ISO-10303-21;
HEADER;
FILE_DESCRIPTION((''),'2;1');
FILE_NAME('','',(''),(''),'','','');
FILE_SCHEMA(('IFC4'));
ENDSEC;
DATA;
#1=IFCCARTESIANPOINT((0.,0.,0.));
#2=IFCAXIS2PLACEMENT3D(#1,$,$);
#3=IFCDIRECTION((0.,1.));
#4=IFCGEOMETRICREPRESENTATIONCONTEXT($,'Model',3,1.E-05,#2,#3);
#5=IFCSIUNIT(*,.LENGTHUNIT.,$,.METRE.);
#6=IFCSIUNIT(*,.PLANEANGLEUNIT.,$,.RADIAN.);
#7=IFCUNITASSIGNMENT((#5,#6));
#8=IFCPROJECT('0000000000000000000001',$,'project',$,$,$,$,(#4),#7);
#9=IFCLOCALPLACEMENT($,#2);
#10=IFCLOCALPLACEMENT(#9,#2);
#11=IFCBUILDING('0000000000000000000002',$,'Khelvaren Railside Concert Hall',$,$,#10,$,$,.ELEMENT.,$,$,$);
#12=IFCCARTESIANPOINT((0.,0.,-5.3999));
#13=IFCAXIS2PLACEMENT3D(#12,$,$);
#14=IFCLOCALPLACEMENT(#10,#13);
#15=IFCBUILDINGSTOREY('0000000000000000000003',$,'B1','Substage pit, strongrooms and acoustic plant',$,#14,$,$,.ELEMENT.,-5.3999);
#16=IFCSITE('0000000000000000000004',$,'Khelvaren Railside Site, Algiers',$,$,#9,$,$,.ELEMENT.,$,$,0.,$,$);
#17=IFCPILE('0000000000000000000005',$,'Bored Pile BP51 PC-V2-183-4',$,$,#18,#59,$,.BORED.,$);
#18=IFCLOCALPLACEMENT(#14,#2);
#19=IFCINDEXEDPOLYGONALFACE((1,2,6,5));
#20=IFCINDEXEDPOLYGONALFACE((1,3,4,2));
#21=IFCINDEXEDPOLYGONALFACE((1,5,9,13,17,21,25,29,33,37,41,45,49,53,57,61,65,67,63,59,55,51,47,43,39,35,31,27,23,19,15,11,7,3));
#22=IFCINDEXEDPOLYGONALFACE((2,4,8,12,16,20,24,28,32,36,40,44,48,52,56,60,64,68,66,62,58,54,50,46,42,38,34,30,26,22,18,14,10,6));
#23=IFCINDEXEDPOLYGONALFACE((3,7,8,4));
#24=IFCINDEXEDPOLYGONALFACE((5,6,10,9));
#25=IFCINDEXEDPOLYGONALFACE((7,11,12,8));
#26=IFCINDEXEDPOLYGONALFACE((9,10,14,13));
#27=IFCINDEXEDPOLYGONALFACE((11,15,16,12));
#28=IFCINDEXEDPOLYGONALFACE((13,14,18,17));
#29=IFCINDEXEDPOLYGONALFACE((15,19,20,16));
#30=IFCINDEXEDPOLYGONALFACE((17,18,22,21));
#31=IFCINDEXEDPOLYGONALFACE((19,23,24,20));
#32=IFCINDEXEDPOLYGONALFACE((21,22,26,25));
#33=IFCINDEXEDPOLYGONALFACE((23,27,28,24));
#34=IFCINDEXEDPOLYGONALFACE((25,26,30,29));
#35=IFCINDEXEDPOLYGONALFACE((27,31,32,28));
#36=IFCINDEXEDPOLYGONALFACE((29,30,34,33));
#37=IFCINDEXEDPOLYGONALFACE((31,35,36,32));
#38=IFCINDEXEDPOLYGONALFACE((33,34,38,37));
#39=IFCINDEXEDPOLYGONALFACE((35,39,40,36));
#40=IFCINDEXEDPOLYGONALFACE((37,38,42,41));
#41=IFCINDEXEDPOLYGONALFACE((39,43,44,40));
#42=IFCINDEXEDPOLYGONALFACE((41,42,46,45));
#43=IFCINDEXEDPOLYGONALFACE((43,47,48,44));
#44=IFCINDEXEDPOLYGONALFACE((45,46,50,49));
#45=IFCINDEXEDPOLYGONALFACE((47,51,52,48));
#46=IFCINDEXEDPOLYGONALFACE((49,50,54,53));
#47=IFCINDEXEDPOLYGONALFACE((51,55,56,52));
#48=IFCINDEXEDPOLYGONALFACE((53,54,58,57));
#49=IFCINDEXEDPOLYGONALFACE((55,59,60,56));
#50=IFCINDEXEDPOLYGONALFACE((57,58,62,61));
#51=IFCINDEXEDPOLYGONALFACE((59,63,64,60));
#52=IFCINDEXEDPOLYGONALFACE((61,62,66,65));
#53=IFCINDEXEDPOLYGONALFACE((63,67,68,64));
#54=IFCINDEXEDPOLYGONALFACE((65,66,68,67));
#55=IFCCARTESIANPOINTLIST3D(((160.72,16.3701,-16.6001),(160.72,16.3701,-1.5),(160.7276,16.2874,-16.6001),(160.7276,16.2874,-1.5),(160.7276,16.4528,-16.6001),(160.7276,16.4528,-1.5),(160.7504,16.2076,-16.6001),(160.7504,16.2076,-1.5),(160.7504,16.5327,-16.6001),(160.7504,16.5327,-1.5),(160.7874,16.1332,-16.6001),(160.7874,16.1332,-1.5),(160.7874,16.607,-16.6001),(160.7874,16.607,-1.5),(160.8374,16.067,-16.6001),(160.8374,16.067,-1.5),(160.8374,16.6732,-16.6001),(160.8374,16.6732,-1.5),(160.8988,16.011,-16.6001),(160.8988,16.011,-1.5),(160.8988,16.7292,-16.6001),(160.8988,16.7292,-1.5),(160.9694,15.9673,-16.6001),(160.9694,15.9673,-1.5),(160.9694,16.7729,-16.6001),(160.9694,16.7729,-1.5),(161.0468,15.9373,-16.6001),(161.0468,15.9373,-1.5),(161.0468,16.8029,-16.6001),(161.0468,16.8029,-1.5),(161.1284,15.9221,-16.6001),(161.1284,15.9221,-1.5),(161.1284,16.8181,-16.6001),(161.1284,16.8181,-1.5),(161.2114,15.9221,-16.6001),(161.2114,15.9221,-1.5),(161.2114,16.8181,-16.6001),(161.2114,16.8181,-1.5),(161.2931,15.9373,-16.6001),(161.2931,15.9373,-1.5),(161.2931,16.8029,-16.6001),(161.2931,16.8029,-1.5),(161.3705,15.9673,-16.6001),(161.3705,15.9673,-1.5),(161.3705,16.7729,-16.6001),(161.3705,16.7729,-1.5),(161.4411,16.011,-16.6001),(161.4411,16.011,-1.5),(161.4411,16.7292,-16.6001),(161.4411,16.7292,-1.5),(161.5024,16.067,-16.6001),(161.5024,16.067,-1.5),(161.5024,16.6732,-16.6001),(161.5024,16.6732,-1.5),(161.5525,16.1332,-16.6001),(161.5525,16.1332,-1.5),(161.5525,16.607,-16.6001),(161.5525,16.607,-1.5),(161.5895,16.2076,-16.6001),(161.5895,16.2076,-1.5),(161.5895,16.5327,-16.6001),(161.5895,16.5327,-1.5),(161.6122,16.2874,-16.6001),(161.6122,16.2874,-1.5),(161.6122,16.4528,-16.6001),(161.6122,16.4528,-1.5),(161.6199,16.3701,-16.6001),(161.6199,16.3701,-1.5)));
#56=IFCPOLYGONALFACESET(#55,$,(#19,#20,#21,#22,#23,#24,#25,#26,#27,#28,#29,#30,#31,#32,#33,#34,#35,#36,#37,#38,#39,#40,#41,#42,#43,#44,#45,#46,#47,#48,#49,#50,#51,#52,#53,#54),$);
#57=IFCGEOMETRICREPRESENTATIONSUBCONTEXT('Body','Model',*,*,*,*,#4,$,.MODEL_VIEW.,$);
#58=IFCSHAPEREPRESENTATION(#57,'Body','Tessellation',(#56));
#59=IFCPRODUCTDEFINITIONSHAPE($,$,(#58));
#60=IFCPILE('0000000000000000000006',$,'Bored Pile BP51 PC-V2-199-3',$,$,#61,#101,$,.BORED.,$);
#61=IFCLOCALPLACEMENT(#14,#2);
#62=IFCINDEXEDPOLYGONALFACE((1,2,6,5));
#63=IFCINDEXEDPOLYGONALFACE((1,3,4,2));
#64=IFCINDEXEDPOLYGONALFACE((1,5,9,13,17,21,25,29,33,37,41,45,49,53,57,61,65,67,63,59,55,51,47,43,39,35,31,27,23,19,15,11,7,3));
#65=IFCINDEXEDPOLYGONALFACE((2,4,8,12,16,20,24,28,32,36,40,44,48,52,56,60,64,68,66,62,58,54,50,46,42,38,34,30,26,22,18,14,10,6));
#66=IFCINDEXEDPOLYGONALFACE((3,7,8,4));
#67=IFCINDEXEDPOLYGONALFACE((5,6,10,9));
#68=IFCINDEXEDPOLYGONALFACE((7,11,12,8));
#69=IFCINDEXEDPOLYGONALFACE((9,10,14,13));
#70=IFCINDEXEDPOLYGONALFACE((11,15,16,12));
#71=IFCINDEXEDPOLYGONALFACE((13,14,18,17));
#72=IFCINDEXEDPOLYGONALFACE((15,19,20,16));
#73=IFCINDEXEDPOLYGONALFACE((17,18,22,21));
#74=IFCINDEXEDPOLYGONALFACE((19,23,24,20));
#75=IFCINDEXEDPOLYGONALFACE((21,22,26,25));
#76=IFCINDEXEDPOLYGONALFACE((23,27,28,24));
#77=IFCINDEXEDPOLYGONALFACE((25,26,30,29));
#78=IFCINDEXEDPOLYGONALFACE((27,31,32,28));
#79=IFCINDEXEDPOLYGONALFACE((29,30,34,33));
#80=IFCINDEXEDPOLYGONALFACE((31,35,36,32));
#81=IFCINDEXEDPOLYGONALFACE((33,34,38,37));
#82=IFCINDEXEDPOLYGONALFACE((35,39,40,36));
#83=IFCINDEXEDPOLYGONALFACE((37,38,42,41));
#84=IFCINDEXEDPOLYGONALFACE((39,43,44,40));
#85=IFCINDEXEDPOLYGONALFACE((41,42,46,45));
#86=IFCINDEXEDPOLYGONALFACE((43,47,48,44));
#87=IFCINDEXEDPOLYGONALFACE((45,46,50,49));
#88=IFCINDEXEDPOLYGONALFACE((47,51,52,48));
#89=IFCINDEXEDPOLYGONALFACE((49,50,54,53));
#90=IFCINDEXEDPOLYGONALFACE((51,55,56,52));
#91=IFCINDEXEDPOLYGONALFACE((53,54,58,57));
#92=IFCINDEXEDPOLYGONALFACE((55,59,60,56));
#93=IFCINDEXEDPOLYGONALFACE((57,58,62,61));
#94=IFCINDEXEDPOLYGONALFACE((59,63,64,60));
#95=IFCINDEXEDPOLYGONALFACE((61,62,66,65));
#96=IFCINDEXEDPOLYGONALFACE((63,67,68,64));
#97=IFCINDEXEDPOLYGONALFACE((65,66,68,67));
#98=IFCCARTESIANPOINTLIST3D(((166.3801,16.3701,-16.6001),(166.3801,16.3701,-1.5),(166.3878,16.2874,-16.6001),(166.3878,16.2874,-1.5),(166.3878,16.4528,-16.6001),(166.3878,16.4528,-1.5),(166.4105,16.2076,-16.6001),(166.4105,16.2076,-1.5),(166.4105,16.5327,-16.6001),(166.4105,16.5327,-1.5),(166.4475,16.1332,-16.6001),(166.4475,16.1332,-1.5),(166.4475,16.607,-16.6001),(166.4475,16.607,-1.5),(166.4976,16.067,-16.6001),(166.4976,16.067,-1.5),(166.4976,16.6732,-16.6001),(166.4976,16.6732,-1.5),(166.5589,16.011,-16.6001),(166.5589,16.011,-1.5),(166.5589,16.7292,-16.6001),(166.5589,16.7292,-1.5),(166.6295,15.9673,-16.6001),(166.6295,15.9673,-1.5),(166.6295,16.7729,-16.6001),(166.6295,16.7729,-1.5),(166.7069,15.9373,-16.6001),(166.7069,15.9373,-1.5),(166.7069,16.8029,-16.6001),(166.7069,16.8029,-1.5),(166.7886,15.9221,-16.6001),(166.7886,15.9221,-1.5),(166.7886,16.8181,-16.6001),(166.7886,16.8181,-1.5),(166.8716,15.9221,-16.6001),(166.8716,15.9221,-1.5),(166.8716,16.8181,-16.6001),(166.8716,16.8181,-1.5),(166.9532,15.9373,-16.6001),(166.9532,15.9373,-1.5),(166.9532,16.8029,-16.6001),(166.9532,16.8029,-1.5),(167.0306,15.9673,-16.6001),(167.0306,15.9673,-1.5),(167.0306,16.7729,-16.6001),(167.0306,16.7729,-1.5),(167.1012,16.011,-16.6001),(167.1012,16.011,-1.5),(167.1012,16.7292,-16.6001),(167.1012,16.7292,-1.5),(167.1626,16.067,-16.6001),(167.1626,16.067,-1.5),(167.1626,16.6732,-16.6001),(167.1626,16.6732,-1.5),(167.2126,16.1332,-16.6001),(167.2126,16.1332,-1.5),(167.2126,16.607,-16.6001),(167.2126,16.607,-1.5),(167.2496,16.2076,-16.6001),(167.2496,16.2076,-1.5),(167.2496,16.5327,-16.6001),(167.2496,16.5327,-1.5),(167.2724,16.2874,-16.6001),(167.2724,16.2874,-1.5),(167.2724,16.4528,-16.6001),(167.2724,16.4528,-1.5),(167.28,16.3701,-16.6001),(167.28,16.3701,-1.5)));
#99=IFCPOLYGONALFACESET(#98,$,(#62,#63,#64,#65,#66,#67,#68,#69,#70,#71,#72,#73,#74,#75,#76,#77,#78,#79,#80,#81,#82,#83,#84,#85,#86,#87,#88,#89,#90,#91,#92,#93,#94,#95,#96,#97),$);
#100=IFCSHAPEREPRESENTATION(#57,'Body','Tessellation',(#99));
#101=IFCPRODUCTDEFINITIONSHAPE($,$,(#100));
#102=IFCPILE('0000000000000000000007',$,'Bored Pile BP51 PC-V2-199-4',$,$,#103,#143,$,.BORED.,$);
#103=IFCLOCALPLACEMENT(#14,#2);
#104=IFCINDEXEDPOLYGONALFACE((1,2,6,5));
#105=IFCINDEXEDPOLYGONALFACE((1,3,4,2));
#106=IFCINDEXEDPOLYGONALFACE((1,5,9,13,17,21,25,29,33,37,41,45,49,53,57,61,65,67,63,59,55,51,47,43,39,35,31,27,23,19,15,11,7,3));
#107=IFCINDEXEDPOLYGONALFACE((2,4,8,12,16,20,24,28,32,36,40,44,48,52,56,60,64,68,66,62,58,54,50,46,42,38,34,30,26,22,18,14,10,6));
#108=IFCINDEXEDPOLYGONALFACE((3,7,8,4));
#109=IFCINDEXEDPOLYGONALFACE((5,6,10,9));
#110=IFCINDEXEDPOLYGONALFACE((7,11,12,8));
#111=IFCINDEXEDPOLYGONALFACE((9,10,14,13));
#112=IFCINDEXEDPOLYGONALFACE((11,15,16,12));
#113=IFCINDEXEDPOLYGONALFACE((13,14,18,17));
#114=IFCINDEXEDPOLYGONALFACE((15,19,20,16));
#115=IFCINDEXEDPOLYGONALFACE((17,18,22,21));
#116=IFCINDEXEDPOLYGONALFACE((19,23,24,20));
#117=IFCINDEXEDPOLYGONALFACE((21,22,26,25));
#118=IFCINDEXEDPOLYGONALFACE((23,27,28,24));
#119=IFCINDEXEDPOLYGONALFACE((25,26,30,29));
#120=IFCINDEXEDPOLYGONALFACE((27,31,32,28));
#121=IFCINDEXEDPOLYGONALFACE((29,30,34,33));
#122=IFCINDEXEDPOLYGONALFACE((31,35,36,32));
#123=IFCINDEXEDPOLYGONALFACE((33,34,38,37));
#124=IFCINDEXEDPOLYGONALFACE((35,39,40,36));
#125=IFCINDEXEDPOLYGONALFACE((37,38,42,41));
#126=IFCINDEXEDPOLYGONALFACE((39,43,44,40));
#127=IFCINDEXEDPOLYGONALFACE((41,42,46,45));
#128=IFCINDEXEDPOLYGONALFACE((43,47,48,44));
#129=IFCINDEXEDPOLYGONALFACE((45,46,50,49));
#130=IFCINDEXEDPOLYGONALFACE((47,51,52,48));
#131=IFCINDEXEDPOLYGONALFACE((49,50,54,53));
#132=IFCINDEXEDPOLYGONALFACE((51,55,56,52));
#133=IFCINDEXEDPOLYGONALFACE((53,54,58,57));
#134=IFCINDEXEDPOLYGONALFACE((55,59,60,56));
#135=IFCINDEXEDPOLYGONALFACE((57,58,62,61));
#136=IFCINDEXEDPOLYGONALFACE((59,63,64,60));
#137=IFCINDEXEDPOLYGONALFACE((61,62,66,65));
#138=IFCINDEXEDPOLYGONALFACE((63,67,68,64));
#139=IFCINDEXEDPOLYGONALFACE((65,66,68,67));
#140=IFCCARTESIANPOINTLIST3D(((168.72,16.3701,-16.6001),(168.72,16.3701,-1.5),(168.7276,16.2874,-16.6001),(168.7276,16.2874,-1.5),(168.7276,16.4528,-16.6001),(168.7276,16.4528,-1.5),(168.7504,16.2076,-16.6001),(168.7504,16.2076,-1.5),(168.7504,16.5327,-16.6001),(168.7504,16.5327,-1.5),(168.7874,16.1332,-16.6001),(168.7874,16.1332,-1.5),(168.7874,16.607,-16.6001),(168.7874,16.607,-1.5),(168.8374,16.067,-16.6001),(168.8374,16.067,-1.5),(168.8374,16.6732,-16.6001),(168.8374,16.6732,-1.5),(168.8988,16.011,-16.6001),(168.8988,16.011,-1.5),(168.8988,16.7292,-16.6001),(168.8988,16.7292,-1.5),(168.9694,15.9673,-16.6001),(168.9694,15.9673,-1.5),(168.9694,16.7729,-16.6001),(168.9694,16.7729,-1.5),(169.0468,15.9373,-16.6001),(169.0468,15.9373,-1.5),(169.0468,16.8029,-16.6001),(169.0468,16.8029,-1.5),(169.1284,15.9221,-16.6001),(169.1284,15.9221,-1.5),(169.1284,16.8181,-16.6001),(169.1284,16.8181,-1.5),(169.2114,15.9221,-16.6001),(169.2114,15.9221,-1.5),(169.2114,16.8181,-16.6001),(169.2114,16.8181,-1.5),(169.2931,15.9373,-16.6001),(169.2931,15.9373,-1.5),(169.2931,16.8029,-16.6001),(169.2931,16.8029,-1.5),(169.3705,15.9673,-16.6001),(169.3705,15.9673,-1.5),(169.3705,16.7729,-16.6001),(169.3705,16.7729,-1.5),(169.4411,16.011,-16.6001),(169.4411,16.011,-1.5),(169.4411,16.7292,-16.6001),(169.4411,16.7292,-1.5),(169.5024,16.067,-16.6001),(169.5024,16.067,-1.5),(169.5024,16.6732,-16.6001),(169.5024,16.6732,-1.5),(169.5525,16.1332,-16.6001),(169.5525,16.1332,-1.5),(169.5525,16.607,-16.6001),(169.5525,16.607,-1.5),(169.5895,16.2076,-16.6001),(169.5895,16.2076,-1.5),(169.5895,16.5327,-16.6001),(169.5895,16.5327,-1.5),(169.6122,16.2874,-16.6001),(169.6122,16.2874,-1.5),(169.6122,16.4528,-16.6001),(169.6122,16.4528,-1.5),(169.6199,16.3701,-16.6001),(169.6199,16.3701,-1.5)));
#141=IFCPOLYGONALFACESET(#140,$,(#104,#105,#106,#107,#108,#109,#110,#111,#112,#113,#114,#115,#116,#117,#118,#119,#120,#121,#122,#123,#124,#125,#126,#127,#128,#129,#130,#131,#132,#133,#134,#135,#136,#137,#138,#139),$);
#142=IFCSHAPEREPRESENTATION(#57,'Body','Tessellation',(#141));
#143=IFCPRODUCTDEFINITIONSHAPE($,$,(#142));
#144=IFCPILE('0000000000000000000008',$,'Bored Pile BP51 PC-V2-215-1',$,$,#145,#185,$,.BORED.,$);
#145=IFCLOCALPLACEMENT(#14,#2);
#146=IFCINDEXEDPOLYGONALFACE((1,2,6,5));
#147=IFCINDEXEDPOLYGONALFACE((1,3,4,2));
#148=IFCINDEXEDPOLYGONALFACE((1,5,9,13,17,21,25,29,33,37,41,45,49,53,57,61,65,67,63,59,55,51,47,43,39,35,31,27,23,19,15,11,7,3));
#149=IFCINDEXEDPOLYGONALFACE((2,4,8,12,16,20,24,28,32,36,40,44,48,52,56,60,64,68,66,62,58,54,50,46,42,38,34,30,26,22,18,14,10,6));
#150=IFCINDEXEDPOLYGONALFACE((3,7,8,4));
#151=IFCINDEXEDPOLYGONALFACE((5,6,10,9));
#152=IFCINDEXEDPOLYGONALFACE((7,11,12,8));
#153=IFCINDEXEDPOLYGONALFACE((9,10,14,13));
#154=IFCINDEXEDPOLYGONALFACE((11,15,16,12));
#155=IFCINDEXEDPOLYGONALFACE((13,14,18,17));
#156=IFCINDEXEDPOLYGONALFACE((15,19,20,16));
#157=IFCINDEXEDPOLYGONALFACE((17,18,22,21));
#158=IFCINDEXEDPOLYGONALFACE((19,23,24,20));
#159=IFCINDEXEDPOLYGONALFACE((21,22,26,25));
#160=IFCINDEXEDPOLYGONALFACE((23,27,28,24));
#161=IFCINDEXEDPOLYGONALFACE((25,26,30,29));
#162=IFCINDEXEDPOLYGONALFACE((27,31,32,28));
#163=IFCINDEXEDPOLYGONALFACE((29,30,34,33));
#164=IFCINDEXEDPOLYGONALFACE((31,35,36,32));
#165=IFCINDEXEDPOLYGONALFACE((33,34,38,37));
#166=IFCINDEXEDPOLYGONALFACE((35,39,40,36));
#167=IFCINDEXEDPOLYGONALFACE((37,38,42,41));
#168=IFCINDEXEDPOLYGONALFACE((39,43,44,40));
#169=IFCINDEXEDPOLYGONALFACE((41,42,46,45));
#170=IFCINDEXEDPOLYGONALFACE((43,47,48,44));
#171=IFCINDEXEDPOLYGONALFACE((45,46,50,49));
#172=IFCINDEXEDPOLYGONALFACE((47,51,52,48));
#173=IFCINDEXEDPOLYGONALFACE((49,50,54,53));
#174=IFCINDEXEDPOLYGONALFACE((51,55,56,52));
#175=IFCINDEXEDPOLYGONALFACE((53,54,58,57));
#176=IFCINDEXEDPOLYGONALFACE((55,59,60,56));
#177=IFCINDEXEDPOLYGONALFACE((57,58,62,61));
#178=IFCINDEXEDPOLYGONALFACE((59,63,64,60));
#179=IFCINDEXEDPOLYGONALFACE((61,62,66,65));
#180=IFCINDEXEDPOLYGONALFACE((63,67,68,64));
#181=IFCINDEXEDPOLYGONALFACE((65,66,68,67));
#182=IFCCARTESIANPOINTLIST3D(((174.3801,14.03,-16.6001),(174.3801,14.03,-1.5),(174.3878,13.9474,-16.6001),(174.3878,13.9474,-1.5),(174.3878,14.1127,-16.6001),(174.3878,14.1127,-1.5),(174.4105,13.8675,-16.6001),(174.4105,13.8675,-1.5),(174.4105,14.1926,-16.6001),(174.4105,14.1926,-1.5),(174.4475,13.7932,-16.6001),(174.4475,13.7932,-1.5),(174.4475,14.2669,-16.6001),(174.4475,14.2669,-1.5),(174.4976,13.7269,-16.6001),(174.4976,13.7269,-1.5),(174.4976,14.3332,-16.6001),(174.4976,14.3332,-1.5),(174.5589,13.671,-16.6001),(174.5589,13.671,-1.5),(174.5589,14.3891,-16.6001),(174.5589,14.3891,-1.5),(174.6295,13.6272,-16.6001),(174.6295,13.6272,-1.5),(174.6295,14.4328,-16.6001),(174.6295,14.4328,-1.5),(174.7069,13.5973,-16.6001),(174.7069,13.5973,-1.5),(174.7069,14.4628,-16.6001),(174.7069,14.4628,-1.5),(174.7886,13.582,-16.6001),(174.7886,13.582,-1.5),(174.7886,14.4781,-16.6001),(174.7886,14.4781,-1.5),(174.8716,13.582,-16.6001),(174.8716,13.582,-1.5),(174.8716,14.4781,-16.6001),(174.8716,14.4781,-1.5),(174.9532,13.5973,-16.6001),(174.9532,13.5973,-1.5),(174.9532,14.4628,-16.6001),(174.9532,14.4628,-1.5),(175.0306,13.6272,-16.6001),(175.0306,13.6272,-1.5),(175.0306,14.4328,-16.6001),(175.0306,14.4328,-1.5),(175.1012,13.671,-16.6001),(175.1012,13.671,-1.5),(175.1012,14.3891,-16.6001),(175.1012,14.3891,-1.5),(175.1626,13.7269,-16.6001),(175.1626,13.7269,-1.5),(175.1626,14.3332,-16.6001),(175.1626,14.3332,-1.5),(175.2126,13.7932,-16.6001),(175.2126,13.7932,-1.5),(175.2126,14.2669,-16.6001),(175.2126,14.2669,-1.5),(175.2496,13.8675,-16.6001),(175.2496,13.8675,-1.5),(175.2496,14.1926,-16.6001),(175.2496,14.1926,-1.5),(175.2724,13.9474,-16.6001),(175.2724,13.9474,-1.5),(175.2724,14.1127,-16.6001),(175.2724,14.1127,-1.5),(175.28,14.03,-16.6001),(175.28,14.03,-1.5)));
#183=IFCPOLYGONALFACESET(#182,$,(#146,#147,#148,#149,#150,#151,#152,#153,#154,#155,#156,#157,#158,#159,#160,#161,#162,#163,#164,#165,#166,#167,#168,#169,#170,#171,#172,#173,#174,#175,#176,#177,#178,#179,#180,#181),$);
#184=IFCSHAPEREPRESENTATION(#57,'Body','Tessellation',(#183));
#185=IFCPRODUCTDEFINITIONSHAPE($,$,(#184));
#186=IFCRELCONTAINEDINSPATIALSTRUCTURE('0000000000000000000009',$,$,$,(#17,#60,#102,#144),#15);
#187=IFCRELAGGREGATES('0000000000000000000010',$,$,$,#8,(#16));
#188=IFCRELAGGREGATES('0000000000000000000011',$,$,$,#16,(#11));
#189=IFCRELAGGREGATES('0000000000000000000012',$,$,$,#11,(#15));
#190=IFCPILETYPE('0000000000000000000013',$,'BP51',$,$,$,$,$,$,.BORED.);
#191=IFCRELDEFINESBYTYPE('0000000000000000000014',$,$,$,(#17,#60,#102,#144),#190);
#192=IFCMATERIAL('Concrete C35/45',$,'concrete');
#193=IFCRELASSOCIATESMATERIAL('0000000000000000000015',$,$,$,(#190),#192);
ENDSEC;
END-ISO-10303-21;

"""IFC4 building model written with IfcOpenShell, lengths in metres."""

from ifc_helpers import new_model, si_unit, direction, frame, origin, origin_2d, place, context, subcontext, project, spatial, circle, extrude, material, material_profile, profile_set, type_object, element, save


model = new_model("IFC4")

# Units and contexts
model_context = context("Model", 3, precision=1e-05, world=origin(), true_north=direction((0.0, 1.0)))
body_context = subcontext(model_context, "Body", "Model", "MODEL_VIEW")
ifc_project = project(units=[si_unit("LENGTHUNIT", "METRE"), si_unit("PLANEANGLEUNIT", "RADIAN")], contexts=[model_context])

# Site, building, storey
site_placement = place(None, origin())
site = spatial("IfcSite", under=ifc_project, at=site_placement, Name="Khelvaren Railside Site, Algiers", CompositionType="ELEMENT", RefElevation=0.0)
building_placement = place(site_placement, origin())
building = spatial("IfcBuilding", under=site, at=building_placement, Name="Khelvaren Railside Concert Hall", CompositionType="ELEMENT")
storey_placement = place(building_placement, frame((0.0, 0.0, -5.3999)))
storey = spatial("IfcBuildingStorey", under=building, at=storey_placement, Name="B1", Description="Substage pit, strongrooms and acoustic plant", CompositionType="ELEMENT", Elevation=-5.3999)

# Piles
ifc_material_1 = material(Name="Concrete C35/45", Category="concrete")
ifc_material_profile_1 = material_profile(ifc_material_1, circle(Radius=0.45, at=origin_2d()), Name="BP D900")
ifc_profile_set_1 = profile_set([ifc_material_profile_1], Name="Concrete C35/45")
pile_type_1 = type_object("IfcPileType", Name="BP51", PredefinedType="BORED", material=ifc_profile_set_1)
for number, where, z_axis, x_axis, name in (
    (1, (161.1699, 16.3701, -1.5), (0.0, 0.0, -1.0), (1.0, 0.0, 0.0), "Bored Pile BP51 PC-V2-183-4"),
    (2, (166.8301, 16.3701, -1.5), (0.0, 0.0, -1.0), (1.0, 0.0, 0.0), "Bored Pile BP51 PC-V2-199-3"),
    (3, (169.1699, 16.3701, -1.5), (0.0, 0.0, -1.0), (1.0, 0.0, 0.0), "Bored Pile BP51 PC-V2-199-4"),
    (4, (174.8301, 14.03, -1.5), (0.0, 0.0, -1.0), (1.0, 0.0, 0.0), "Bored Pile BP51 PC-V2-215-1"),
):
    element("IfcPile", number, at=place(storey_placement, frame(where, z_axis=z_axis, x_axis=x_axis)), inside=storey, type_object=pile_type_1, Name=name, PredefinedType="BORED", context=body_context, shape_type="SweptSolid", body=[
        extrude(circle(Radius=0.45, at=origin_2d()), origin(), (0.0, 0.0, 1.0), 15.1001),
    ])

save(model, "model.ifc")
